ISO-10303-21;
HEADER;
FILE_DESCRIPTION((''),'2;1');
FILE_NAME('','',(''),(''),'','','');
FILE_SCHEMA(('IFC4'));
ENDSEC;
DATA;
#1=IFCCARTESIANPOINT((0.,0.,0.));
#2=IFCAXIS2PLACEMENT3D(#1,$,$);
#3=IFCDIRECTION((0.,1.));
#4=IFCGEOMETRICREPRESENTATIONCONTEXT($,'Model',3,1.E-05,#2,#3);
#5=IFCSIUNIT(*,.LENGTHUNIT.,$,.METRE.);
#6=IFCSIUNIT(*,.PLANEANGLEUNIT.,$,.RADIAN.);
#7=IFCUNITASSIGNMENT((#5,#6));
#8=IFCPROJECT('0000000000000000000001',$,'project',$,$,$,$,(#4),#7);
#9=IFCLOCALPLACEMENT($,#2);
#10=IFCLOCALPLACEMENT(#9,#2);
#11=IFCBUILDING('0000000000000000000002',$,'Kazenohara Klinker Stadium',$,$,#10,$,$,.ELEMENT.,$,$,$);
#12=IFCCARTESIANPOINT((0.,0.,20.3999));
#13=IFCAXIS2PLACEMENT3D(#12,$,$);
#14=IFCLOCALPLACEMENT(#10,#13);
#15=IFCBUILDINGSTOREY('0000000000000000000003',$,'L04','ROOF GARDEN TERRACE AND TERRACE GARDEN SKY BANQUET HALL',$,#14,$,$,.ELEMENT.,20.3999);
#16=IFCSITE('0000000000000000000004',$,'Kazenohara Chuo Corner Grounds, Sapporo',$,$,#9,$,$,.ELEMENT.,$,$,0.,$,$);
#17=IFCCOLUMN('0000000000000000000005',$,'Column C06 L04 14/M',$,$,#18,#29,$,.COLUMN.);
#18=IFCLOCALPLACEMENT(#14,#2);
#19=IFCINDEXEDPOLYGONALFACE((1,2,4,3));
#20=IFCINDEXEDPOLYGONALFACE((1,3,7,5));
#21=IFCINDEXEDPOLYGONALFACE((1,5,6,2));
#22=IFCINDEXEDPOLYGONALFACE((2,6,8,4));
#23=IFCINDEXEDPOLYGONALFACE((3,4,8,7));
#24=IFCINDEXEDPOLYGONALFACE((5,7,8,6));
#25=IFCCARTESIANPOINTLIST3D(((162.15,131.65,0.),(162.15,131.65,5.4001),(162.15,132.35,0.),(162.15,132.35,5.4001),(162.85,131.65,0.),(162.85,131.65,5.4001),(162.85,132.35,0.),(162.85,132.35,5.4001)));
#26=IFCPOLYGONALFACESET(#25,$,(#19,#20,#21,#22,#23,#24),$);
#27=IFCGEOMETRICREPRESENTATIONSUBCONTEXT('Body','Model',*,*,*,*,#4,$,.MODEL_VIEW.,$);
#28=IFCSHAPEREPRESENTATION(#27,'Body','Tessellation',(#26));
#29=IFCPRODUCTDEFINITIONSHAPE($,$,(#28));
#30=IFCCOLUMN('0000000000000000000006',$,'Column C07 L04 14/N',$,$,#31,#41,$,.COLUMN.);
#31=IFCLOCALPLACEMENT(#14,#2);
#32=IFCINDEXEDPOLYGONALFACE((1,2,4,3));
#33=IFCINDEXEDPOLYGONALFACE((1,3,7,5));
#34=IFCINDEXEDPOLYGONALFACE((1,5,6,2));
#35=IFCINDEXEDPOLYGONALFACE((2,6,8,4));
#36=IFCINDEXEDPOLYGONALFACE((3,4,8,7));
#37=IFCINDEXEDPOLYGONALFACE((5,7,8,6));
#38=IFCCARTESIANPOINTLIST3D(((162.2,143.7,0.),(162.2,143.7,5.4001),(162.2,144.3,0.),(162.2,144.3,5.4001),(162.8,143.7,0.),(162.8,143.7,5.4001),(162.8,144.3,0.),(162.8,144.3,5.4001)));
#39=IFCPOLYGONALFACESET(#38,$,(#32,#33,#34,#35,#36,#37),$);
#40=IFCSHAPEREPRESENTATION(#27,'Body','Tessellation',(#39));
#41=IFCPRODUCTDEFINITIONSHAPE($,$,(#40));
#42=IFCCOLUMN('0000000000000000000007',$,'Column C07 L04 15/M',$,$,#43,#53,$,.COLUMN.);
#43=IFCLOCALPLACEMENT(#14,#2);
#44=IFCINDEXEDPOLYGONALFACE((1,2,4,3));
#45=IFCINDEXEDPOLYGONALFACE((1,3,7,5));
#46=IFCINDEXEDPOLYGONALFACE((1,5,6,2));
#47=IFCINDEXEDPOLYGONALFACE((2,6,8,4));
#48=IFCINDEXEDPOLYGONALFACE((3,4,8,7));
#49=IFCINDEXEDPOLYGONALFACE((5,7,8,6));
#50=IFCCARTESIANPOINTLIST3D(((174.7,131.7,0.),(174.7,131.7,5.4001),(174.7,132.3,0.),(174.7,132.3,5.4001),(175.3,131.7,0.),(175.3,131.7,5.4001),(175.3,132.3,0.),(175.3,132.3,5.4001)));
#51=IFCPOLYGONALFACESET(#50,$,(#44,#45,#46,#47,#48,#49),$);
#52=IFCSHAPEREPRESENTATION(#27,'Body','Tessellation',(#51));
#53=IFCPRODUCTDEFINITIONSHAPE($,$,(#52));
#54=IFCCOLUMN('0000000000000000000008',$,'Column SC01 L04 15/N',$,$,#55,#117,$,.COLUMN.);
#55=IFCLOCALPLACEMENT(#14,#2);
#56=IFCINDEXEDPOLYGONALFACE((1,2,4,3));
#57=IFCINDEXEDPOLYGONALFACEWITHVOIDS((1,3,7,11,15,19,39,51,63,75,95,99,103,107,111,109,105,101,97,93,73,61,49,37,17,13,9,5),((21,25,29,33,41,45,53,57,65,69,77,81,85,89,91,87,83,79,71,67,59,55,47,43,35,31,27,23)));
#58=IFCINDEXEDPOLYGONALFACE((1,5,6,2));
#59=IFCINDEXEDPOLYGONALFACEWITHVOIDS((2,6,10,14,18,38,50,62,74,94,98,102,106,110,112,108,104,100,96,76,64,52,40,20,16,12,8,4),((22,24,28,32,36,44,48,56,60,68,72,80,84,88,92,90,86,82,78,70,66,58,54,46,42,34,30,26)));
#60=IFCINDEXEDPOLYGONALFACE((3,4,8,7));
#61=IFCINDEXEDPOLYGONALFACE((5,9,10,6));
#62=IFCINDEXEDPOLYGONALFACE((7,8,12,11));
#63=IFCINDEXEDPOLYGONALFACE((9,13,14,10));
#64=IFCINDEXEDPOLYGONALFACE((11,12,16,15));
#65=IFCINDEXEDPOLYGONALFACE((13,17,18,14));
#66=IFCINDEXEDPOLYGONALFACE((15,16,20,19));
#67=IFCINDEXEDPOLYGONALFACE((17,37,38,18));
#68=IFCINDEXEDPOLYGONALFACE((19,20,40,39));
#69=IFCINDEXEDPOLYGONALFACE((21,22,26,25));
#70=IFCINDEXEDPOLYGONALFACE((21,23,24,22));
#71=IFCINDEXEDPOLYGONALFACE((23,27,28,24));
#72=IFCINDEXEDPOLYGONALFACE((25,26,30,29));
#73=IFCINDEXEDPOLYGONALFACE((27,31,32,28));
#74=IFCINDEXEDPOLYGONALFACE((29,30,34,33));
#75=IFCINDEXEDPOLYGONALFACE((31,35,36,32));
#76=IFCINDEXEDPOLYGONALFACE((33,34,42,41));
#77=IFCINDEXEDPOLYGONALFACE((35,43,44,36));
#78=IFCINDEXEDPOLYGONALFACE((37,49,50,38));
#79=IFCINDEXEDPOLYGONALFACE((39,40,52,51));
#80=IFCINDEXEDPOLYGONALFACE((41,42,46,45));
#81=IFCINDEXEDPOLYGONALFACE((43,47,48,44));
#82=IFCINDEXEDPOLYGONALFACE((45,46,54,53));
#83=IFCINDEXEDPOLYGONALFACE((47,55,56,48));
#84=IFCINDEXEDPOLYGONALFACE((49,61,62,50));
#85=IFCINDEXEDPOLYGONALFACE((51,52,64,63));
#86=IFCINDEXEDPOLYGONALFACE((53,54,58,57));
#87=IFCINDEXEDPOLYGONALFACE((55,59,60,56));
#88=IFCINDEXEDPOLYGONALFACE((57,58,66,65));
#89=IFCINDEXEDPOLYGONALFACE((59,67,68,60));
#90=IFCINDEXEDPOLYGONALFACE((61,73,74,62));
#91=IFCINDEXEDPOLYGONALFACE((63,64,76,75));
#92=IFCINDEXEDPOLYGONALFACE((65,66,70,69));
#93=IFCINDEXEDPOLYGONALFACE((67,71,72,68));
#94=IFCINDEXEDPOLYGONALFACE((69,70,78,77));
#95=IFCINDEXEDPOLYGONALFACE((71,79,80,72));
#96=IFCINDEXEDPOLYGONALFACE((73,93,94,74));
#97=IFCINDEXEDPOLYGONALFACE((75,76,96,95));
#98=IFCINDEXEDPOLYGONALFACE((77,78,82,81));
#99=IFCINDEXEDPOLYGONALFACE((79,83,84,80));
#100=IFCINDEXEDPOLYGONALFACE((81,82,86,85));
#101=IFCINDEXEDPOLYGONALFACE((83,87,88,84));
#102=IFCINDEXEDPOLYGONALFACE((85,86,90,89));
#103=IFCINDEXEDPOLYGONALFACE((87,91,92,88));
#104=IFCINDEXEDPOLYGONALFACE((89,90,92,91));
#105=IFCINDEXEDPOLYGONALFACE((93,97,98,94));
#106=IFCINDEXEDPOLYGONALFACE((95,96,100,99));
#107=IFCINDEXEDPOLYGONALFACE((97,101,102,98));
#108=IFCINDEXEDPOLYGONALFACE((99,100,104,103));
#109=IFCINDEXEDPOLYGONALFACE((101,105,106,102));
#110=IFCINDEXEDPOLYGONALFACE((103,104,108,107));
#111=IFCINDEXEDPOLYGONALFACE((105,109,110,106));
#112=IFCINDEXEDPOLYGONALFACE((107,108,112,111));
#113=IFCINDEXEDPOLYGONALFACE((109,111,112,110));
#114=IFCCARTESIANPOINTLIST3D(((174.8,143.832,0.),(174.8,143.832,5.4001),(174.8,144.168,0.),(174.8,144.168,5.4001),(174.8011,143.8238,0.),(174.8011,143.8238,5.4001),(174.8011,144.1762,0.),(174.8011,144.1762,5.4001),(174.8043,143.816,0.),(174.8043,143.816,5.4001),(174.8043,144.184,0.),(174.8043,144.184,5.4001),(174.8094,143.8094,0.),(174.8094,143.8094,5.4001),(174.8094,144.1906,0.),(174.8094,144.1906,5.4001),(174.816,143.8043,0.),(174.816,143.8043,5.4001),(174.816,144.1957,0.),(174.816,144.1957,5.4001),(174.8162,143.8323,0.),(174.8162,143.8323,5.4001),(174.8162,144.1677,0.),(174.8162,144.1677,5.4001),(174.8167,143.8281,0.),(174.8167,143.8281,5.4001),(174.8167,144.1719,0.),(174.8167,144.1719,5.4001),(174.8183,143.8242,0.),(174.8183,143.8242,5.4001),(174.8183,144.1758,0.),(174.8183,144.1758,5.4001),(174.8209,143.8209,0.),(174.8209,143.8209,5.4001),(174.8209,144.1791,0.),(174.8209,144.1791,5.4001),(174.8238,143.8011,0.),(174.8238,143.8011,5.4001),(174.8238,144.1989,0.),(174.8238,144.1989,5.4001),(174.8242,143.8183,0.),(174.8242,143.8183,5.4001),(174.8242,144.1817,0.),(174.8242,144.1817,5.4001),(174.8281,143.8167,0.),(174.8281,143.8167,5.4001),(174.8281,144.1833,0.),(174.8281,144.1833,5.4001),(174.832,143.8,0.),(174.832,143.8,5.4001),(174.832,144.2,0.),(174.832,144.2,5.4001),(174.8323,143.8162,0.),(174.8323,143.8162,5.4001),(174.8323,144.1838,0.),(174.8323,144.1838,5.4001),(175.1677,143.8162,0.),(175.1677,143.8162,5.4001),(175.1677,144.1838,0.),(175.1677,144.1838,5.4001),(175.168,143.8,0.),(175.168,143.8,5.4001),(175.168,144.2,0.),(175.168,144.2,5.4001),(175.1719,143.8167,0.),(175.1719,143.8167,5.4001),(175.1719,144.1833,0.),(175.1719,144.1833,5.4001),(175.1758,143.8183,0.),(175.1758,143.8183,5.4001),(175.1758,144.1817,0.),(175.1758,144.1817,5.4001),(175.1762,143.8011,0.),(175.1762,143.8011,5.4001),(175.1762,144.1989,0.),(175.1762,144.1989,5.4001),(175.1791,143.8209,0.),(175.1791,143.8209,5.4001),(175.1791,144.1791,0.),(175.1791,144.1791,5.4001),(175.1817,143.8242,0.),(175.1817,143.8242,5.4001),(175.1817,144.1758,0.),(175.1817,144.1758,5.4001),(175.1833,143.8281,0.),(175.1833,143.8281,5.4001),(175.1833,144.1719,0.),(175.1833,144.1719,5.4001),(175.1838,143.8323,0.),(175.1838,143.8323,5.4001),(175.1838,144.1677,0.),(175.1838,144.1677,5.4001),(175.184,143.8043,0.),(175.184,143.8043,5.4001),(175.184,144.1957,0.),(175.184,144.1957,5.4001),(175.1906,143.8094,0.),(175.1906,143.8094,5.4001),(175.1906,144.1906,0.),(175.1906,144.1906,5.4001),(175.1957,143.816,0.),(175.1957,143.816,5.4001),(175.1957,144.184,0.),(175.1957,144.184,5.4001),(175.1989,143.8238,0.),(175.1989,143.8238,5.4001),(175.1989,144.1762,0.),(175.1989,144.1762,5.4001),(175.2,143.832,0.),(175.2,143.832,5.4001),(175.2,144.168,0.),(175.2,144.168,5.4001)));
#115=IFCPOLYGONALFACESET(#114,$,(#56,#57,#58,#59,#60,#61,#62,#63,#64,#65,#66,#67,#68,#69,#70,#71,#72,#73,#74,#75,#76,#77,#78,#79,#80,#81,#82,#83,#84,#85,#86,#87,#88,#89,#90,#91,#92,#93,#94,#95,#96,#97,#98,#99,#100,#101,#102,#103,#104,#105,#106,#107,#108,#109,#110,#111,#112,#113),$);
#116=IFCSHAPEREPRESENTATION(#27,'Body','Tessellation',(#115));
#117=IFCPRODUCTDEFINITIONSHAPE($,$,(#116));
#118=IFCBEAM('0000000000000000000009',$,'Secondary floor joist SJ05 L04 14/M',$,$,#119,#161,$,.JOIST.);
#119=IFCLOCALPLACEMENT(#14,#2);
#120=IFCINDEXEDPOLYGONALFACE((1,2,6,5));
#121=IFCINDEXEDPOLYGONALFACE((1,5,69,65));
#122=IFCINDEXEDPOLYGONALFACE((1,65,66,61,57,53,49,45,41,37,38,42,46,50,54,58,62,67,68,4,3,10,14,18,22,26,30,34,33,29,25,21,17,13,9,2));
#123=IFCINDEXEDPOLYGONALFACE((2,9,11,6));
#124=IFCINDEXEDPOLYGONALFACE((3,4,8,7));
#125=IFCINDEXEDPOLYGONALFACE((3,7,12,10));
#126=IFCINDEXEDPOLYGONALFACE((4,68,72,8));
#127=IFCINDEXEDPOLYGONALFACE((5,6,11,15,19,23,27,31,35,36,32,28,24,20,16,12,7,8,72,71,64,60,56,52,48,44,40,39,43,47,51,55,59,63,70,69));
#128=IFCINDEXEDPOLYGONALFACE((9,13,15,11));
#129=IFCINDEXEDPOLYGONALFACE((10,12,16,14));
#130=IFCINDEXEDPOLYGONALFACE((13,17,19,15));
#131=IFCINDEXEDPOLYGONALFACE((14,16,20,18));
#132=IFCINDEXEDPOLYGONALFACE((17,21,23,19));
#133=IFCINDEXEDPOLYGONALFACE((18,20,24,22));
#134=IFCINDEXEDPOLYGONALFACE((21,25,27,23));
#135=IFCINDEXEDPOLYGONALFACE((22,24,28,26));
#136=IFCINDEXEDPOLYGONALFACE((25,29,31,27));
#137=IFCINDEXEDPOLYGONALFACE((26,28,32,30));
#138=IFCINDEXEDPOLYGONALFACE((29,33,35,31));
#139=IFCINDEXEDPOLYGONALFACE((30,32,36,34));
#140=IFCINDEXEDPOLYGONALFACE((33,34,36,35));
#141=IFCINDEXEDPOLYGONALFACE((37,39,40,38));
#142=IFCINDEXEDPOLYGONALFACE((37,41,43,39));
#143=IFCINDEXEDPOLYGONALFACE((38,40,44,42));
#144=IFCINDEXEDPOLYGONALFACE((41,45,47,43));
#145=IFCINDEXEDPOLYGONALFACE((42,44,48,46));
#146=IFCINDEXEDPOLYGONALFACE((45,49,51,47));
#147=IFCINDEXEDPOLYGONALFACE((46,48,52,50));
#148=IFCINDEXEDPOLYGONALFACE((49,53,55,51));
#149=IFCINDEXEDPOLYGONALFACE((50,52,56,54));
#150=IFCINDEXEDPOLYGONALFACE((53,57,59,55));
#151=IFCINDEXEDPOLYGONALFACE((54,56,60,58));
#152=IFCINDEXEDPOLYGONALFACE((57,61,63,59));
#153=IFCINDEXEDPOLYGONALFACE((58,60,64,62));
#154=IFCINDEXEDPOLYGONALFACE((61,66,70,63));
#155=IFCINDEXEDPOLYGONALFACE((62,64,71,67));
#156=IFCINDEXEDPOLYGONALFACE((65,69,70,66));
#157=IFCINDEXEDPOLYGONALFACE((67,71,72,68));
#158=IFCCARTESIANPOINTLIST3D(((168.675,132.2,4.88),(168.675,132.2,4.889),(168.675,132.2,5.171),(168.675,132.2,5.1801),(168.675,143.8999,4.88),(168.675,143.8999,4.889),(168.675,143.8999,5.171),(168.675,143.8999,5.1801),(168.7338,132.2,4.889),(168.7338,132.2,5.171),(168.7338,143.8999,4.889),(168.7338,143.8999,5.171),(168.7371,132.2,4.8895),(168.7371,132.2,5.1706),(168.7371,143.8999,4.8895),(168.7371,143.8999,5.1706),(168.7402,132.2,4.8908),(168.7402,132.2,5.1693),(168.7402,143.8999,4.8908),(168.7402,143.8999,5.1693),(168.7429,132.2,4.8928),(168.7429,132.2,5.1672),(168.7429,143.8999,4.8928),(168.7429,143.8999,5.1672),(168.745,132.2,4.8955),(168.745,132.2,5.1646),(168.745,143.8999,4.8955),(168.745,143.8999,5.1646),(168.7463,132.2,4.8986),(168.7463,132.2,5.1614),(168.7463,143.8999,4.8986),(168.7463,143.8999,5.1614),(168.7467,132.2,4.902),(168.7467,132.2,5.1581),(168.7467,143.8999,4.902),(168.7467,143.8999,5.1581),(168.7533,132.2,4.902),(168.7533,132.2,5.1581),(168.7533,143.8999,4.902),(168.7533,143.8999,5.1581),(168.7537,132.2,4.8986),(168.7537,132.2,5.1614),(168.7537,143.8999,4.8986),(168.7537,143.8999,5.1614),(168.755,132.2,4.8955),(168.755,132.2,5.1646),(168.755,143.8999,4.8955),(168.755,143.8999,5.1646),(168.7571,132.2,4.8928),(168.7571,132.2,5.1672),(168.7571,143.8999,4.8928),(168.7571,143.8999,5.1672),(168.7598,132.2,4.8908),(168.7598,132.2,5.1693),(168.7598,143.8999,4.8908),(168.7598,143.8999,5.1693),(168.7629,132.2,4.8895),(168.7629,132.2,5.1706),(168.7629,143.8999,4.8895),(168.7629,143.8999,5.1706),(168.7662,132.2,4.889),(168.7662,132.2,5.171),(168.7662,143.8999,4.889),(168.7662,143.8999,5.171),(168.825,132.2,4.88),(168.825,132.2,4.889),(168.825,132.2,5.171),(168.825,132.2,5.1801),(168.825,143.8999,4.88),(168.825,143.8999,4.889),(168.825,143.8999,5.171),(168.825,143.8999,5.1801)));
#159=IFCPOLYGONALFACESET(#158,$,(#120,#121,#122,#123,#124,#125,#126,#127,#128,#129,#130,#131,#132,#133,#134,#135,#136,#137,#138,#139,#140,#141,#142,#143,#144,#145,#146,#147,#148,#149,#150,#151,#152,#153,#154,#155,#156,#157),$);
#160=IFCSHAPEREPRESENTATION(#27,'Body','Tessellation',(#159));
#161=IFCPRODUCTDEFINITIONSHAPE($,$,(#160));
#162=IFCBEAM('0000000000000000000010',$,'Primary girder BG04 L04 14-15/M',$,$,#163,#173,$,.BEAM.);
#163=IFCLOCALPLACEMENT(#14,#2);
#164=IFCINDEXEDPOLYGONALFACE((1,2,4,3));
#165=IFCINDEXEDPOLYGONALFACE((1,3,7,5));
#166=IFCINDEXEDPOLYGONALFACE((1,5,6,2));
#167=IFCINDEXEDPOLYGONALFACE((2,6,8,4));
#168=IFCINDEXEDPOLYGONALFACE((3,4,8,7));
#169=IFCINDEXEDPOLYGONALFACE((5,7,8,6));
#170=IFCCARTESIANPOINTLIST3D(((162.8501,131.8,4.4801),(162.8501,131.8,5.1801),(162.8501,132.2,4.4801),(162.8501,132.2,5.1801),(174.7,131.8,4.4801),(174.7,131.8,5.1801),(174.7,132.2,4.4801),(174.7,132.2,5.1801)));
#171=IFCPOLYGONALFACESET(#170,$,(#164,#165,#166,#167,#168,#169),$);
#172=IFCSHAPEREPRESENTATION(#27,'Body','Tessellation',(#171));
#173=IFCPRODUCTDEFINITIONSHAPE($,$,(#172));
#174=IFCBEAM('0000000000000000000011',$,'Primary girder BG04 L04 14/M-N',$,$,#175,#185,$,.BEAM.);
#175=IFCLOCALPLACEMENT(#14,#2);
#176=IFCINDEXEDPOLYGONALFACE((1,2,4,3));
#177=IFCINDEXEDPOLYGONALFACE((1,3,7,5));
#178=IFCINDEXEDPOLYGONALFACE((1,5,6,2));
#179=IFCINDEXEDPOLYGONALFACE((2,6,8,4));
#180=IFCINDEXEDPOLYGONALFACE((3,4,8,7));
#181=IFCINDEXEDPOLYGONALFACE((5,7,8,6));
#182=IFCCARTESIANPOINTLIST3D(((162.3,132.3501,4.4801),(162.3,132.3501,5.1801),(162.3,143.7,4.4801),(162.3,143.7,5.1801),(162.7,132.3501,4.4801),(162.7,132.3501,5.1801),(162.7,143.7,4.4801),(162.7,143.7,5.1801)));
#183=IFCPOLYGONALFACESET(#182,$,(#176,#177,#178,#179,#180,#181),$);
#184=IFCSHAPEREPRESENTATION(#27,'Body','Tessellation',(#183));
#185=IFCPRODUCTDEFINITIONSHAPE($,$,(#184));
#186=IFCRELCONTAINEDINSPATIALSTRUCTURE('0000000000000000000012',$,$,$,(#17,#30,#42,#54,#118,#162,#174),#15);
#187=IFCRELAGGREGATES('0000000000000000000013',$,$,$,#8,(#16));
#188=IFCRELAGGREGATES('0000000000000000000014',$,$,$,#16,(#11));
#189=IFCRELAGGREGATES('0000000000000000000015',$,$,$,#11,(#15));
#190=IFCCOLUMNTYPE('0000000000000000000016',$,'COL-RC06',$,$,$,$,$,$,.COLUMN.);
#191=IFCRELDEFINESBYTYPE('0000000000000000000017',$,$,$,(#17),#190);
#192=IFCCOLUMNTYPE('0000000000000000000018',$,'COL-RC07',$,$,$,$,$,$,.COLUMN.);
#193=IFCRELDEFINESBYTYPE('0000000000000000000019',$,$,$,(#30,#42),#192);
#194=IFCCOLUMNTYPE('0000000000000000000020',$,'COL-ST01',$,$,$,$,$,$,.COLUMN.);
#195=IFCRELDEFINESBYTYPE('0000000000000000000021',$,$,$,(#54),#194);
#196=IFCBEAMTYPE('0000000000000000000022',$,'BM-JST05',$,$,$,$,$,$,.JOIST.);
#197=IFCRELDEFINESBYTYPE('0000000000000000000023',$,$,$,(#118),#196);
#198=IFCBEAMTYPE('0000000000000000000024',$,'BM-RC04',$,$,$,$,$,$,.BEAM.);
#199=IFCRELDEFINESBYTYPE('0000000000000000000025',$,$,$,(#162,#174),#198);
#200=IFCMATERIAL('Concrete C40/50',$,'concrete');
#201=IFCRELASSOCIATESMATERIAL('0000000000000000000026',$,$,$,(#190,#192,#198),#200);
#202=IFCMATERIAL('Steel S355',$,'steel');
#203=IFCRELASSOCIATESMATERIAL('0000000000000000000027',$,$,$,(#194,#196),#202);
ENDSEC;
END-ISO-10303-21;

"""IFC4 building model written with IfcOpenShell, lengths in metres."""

from ifc_helpers import new_model, si_unit, direction, frame, origin, origin_2d, place, context, subcontext, project, spatial, rectangle, hollow_rectangle, i_section, extrude, material, material_profile, profile_set, type_object, element, save


model = new_model("IFC4")

# Units and contexts
model_context = context("Model", 3, precision=1e-05, world=origin(), true_north=direction((0.0, 1.0)))
body_context = subcontext(model_context, "Body", "Model", "MODEL_VIEW")
ifc_project = project(units=[si_unit("LENGTHUNIT", "METRE"), si_unit("PLANEANGLEUNIT", "RADIAN")], contexts=[model_context])

# Site, building, storey
site_placement = place(None, origin())
site = spatial("IfcSite", under=ifc_project, at=site_placement, Name="Kazenohara Chuo Corner Grounds, Sapporo", CompositionType="ELEMENT", RefElevation=0.0)
building_placement = place(site_placement, origin())
building = spatial("IfcBuilding", under=site, at=building_placement, Name="Kazenohara Klinker Stadium", CompositionType="ELEMENT")
storey_placement = place(building_placement, frame((0.0, 0.0, 20.3999)))
storey = spatial("IfcBuildingStorey", under=building, at=storey_placement, Name="L04", Description="ROOF GARDEN TERRACE AND TERRACE GARDEN SKY BANQUET HALL", CompositionType="ELEMENT", Elevation=20.3999)

# Columns
ifc_material_1 = material(Name="Concrete C40/50", Category="concrete")
ifc_material_profile_1 = material_profile(ifc_material_1, rectangle(XDim=0.7, YDim=0.7, at=origin_2d()), Name="RC-COL-700x700")
ifc_profile_set_1 = profile_set([ifc_material_profile_1], Name="Concrete C40/50")
column_type_1 = type_object("IfcColumnType", Name="COL-RC06", PredefinedType="COLUMN", material=ifc_profile_set_1)
column_1_placement = place(storey_placement, frame((162.5, 132.0, 0.0), z_axis=(0.0, 0.0, 1.0), x_axis=(1.0, 0.0, 0.0)))
element("IfcColumn", 1, at=column_1_placement, inside=storey, type_object=column_type_1, Name="Column C06 L04 14/M", PredefinedType="COLUMN", context=body_context, shape_type="SweptSolid", body=[
    extrude(rectangle(XDim=0.7, YDim=0.7, at=origin_2d()), origin(), (0.0, 0.0, 1.0), 5.4001),
])
ifc_material_profile_2 = material_profile(ifc_material_1, rectangle(XDim=0.6001, YDim=0.6001, at=origin_2d()), Name="RC-COL-600x600")
ifc_profile_set_2 = profile_set([ifc_material_profile_2], Name="Concrete C40/50")
column_type_2 = type_object("IfcColumnType", Name="COL-RC07", PredefinedType="COLUMN", material=ifc_profile_set_2)
for number, where, z_axis, x_axis, name in (
    (2, (162.5, 144.0, 0.0), (0.0, 0.0, 1.0), (1.0, 0.0, 0.0), "Column C07 L04 14/N"),
    (3, (175.0, 132.0, 0.0), (0.0, 0.0, 1.0), (1.0, 0.0, 0.0), "Column C07 L04 15/M"),
):
    element("IfcColumn", number, at=place(storey_placement, frame(where, z_axis=z_axis, x_axis=x_axis)), inside=storey, type_object=column_type_2, Name=name, PredefinedType="COLUMN", context=body_context, shape_type="SweptSolid", body=[
        extrude(rectangle(XDim=0.6001, YDim=0.6001, at=origin_2d()), origin(), (0.0, 0.0, 1.0), 5.4001),
    ])
ifc_material_2 = material(Name="Steel S355", Category="steel")
ifc_material_profile_3 = material_profile(ifc_material_2, hollow_rectangle(XDim=0.3999, YDim=0.3999, WallThickness=0.0161, InnerFilletRadius=0.0161, OuterFilletRadius=0.032, at=origin_2d()), Name="SHS-400x400x16")
ifc_profile_set_3 = profile_set([ifc_material_profile_3], Name="Steel S355")
column_type_3 = type_object("IfcColumnType", Name="COL-ST01", PredefinedType="COLUMN", material=ifc_profile_set_3)
column_2_placement = place(storey_placement, frame((175.0, 144.0, 0.0), z_axis=(0.0, 0.0, 1.0), x_axis=(1.0, 0.0, 0.0)))
element("IfcColumn", 4, at=column_2_placement, inside=storey, type_object=column_type_3, Name="Column SC01 L04 15/N", PredefinedType="COLUMN", context=body_context, shape_type="SweptSolid", body=[
    extrude(hollow_rectangle(XDim=0.3999, YDim=0.3999, WallThickness=0.0161, InnerFilletRadius=0.0161, OuterFilletRadius=0.032, at=origin_2d()), origin(), (0.0, 0.0, 1.0), 5.4001),
])

# Beams
ifc_material_profile_4 = material_profile(ifc_material_2, i_section(OverallWidth=0.1499, OverallDepth=0.3, WebThickness=0.0066, FlangeThickness=0.009, FilletRadius=0.0129, at=origin_2d()), Name="H-300x150x6.5x9")
ifc_profile_set_4 = profile_set([ifc_material_profile_4], Name="Steel S355")
beam_type_1 = type_object("IfcBeamType", Name="BM-JST05", PredefinedType="JOIST", material=ifc_profile_set_4)
beam_1_placement = place(storey_placement, frame((168.75, 132.2, 5.03), z_axis=(0.0, 1.0, 0.0), x_axis=(-1.0, 0.0, 0.0)))
element("IfcBeam", 5, at=beam_1_placement, inside=storey, type_object=beam_type_1, Name="Secondary floor joist SJ05 L04 14/M", PredefinedType="JOIST", context=body_context, shape_type="SweptSolid", body=[
    extrude(i_section(OverallWidth=0.1499, OverallDepth=0.3, WebThickness=0.0066, FlangeThickness=0.009, FilletRadius=0.0129, at=origin_2d()), origin(), (0.0, 0.0, 1.0), 11.7),
])
ifc_material_profile_5 = material_profile(ifc_material_1, rectangle(XDim=0.3999, YDim=0.7, at=origin_2d()), Name="RC-BM-400x700")
ifc_profile_set_5 = profile_set([ifc_material_profile_5], Name="Concrete C40/50")
beam_type_2 = type_object("IfcBeamType", Name="BM-RC04", PredefinedType="BEAM", material=ifc_profile_set_5)
beam_2_placement = place(storey_placement, frame((162.8501, 132.0, 4.8301), z_axis=(1.0, 0.0, 0.0), x_axis=(0.0, 1.0, 0.0)))
element("IfcBeam", 6, at=beam_2_placement, inside=storey, type_object=beam_type_2, Name="Primary girder BG04 L04 14-15/M", PredefinedType="BEAM", context=body_context, shape_type="SweptSolid", body=[
    extrude(rectangle(XDim=0.3999, YDim=0.7, at=origin_2d()), origin(), (0.0, 0.0, 1.0), 11.8499),
])
beam_3_placement = place(storey_placement, frame((162.5, 132.3501, 4.8301), z_axis=(0.0, 1.0, 0.0), x_axis=(-1.0, 0.0, 0.0)))
element("IfcBeam", 7, at=beam_3_placement, inside=storey, type_object=beam_type_2, Name="Primary girder BG04 L04 14/M-N", PredefinedType="BEAM", context=body_context, shape_type="SweptSolid", body=[
    extrude(rectangle(XDim=0.3999, YDim=0.7, at=origin_2d()), origin(), (0.0, 0.0, 1.0), 11.3499),
])

save(model, "model.ifc")
